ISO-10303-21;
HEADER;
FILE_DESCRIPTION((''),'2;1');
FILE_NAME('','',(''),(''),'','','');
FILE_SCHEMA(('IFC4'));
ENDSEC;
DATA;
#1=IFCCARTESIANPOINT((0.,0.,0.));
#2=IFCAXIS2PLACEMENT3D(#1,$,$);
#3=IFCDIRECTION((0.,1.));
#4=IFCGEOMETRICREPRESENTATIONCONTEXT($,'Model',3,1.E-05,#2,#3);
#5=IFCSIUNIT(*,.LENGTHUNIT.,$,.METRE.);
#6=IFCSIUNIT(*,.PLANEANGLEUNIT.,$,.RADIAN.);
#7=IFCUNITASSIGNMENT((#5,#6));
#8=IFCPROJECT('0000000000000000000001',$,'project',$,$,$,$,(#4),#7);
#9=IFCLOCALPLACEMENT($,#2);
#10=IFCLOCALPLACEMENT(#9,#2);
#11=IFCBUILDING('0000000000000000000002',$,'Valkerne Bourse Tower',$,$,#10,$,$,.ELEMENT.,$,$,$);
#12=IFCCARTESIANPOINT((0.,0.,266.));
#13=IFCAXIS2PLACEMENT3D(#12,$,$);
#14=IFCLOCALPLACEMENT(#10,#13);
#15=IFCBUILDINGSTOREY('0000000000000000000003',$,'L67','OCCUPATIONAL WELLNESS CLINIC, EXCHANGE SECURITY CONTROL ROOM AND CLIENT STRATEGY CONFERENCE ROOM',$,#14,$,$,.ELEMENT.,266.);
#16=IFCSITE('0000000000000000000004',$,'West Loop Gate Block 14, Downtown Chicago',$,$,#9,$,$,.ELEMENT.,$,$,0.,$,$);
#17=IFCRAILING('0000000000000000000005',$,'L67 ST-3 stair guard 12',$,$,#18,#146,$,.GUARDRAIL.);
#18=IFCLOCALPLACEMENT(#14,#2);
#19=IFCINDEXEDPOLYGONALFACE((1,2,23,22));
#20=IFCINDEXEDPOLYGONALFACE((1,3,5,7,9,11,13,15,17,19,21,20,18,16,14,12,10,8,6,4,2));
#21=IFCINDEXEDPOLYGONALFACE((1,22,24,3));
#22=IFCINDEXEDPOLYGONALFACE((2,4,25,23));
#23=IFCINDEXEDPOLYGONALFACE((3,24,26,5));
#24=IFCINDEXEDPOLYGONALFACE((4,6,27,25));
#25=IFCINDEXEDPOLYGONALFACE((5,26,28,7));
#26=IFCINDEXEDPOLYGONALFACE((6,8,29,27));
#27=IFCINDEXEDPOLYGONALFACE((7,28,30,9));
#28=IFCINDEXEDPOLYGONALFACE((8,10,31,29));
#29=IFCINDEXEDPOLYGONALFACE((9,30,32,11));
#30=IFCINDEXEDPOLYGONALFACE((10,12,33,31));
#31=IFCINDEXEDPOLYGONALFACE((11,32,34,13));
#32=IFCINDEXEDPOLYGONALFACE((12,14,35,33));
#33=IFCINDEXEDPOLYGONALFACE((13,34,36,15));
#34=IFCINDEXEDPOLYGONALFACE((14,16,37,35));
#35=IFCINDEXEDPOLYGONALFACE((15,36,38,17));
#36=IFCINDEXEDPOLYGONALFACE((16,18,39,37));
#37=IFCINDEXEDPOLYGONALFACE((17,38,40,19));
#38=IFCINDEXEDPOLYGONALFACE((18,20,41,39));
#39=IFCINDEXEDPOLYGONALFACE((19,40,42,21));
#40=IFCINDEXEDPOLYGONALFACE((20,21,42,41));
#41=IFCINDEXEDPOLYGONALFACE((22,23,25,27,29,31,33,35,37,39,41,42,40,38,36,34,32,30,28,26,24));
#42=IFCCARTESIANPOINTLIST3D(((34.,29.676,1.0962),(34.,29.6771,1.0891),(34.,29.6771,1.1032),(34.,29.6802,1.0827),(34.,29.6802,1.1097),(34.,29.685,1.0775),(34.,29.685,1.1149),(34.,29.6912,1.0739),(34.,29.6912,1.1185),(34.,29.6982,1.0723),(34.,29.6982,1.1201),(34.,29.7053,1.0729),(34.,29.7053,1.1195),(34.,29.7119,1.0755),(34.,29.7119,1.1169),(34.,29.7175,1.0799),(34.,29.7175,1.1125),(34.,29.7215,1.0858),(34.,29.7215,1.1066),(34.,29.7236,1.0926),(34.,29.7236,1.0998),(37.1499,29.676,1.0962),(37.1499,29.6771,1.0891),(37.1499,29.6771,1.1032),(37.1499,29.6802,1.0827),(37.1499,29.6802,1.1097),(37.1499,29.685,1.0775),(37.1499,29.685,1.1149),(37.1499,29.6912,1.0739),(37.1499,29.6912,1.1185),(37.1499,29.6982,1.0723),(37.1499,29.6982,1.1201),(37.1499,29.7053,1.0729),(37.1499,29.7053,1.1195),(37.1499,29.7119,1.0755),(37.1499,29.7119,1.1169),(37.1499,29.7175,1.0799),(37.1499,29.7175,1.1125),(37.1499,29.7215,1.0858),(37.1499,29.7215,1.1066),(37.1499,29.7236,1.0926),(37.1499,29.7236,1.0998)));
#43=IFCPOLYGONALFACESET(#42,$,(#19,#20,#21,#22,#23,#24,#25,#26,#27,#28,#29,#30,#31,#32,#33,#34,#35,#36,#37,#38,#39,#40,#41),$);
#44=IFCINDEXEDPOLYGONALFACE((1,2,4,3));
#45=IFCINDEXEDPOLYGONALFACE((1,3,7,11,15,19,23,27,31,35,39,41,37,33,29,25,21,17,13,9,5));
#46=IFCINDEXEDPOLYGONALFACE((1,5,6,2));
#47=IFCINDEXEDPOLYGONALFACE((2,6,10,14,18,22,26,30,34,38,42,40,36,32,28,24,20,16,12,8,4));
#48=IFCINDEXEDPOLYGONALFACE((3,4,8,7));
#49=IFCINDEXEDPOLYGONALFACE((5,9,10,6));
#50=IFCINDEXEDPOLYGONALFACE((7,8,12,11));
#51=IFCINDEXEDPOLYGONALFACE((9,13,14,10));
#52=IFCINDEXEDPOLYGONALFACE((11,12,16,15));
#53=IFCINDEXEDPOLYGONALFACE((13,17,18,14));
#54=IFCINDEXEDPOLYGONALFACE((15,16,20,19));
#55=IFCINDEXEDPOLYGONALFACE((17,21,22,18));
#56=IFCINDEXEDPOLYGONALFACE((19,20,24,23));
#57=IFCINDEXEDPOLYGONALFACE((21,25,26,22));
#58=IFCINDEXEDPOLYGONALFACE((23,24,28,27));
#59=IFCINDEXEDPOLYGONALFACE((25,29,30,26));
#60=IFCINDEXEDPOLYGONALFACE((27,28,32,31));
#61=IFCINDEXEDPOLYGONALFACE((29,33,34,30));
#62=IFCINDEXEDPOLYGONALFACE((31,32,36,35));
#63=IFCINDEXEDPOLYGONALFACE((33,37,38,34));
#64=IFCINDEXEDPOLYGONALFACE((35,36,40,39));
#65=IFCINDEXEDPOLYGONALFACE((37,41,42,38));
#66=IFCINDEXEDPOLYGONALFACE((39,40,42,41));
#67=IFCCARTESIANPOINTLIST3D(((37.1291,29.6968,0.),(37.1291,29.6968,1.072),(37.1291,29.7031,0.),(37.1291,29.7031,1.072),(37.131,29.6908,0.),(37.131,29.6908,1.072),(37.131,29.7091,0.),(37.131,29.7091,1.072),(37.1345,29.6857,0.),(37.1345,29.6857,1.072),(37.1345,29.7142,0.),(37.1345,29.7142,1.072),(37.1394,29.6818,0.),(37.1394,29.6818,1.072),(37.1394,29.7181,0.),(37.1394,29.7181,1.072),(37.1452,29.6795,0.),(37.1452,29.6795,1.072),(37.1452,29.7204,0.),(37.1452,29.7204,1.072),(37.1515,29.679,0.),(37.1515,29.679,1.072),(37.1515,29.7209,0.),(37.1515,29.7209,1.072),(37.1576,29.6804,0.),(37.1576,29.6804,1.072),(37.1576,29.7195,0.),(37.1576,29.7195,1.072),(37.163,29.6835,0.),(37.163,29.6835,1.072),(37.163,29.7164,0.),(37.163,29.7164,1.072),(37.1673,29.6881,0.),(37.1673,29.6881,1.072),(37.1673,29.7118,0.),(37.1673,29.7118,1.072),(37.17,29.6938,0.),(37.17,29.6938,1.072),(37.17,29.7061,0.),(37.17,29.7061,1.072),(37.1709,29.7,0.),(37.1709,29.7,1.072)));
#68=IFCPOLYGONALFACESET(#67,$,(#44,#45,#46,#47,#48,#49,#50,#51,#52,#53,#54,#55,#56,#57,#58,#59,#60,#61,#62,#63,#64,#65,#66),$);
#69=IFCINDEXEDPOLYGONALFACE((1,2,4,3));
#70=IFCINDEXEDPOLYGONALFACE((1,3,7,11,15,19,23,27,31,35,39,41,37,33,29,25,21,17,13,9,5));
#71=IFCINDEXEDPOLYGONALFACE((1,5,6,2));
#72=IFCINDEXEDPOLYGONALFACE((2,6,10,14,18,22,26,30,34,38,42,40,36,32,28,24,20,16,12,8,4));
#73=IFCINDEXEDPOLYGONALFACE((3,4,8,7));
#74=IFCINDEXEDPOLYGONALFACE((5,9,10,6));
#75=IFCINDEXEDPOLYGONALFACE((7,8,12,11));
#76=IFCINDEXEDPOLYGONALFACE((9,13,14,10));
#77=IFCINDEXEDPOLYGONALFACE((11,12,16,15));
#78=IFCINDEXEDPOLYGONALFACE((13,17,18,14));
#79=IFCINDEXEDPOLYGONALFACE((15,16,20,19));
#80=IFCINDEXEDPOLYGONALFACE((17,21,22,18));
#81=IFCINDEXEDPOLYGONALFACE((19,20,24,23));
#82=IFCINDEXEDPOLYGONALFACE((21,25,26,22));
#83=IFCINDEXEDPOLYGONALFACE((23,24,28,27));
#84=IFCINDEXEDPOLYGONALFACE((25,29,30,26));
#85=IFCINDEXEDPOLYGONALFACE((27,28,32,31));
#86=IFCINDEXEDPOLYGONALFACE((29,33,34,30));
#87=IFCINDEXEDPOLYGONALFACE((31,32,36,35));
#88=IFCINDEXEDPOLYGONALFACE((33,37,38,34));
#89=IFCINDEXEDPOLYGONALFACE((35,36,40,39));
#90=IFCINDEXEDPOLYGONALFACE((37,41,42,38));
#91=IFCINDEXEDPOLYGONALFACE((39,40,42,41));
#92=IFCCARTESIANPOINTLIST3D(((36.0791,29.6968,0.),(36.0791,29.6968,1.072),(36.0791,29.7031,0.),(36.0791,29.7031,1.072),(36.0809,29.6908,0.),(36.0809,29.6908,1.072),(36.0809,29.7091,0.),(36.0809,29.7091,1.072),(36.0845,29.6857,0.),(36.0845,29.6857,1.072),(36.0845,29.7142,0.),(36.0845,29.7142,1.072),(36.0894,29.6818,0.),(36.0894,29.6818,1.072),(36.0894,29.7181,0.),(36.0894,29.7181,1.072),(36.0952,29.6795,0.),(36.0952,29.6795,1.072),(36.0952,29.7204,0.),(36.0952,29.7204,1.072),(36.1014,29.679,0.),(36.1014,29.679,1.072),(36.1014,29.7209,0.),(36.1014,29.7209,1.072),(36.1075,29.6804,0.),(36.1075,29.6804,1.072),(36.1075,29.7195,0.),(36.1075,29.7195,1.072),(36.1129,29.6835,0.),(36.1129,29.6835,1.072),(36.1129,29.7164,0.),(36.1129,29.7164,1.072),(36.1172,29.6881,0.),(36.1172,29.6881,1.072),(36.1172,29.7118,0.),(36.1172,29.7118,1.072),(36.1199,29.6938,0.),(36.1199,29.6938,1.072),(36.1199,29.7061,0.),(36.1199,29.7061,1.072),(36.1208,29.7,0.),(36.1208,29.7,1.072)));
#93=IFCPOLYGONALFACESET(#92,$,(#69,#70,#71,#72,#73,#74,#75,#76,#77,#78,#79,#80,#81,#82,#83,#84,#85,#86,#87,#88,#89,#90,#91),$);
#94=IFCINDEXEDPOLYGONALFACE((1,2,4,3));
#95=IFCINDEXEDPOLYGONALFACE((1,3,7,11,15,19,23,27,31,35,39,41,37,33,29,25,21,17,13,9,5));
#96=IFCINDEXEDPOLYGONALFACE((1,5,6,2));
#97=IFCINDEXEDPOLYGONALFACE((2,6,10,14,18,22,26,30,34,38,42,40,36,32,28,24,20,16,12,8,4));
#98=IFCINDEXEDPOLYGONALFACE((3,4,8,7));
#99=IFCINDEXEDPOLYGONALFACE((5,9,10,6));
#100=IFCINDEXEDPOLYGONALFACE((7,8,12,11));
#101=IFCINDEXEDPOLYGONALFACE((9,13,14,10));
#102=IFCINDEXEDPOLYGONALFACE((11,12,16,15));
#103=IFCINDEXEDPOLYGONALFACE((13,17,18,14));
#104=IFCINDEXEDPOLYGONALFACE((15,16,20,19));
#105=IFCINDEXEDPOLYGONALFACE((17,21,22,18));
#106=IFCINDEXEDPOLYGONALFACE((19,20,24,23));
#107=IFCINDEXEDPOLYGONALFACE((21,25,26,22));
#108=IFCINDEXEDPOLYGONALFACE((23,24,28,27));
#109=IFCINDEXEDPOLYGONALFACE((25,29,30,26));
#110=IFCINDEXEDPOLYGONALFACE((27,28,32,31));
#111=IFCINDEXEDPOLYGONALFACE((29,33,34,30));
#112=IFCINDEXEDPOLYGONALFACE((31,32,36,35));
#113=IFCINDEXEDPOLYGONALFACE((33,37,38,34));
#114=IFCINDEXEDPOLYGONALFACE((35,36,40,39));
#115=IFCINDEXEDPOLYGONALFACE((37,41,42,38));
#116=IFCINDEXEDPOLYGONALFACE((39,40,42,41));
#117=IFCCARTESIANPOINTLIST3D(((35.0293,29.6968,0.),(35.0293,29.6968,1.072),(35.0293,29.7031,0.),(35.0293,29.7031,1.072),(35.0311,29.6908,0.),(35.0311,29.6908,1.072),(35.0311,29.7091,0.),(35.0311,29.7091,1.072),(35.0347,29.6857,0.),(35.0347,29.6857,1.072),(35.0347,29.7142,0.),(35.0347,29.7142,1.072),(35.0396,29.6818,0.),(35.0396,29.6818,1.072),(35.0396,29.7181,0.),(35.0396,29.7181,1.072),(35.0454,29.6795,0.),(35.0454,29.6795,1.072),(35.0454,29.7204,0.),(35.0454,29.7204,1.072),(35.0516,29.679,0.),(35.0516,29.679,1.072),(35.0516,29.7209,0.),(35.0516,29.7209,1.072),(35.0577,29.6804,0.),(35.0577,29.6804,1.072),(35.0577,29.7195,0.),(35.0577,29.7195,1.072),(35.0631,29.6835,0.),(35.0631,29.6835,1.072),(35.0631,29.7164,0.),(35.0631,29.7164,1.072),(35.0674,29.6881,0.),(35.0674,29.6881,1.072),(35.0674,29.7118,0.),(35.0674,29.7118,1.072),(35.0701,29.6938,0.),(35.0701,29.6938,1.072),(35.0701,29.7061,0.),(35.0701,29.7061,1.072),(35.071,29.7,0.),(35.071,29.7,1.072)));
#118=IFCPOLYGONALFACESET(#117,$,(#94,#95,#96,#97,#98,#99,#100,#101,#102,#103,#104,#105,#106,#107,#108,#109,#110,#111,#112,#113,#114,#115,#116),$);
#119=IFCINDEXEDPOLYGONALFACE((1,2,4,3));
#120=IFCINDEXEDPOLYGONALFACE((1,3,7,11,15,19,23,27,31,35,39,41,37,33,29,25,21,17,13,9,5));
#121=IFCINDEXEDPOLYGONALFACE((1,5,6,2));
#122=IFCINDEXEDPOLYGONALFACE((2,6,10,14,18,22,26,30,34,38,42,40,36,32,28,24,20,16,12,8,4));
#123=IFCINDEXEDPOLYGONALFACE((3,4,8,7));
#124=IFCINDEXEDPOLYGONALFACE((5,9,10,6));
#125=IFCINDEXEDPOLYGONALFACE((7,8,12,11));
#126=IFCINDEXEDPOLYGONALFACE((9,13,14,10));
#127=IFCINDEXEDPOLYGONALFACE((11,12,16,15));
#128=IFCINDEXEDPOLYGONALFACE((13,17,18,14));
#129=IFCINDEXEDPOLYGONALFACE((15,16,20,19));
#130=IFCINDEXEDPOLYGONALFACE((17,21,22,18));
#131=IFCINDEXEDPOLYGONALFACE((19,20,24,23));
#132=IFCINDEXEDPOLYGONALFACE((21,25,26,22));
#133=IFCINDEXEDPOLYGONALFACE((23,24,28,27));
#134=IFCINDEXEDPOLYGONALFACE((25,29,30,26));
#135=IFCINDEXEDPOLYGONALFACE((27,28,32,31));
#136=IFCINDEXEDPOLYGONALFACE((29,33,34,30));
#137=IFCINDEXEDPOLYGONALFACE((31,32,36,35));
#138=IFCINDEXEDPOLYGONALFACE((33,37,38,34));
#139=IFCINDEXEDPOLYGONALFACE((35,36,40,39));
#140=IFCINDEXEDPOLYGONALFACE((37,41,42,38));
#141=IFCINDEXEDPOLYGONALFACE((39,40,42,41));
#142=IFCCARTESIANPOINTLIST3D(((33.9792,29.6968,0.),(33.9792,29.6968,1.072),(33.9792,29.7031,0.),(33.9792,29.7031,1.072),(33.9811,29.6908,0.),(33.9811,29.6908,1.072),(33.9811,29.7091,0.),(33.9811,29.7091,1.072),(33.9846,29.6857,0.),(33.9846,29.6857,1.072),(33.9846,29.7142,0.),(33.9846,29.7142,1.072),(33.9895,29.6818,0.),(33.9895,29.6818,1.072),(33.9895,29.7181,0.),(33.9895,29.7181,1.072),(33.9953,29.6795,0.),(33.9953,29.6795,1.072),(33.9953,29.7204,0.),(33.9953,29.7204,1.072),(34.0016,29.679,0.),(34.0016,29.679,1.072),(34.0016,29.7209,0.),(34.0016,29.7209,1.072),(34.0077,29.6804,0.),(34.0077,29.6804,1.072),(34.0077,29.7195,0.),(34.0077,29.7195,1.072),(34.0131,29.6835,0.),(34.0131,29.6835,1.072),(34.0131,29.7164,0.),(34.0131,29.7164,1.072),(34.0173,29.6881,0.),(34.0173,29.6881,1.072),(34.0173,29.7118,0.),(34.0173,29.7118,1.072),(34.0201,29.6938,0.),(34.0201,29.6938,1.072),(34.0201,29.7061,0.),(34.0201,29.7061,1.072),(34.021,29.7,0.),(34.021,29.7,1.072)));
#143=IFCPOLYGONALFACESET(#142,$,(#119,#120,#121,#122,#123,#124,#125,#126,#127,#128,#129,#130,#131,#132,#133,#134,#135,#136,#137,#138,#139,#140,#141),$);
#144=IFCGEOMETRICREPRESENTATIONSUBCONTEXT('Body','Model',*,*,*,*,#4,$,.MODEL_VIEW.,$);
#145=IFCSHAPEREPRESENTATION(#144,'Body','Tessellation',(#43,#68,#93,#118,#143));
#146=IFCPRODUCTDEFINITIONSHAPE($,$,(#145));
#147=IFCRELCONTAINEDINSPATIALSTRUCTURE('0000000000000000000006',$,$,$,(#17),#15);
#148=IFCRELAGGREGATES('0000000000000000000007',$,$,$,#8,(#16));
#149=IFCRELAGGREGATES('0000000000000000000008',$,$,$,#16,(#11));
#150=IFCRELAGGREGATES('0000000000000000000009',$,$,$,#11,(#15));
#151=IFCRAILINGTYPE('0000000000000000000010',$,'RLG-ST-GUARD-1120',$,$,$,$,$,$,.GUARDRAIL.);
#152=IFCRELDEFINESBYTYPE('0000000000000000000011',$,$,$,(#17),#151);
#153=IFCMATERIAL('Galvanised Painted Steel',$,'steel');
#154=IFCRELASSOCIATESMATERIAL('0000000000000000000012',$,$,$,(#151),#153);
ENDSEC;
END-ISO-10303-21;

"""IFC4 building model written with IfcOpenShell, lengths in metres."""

from ifc_helpers import new_model, si_unit, direction, frame, origin, origin_2d, place, context, subcontext, project, spatial, circle, extrude, material, type_object, element, save


model = new_model("IFC4")

# Units and contexts
model_context = context("Model", 3, precision=1e-05, world=origin(), true_north=direction((0.0, 1.0)))
body_context = subcontext(model_context, "Body", "Model", "MODEL_VIEW")
ifc_project = project(units=[si_unit("LENGTHUNIT", "METRE"), si_unit("PLANEANGLEUNIT", "RADIAN")], contexts=[model_context])

# Site, building, storey
site_placement = place(None, origin())
site = spatial("IfcSite", under=ifc_project, at=site_placement, Name="West Loop Gate Block 14, Downtown Chicago", CompositionType="ELEMENT", RefElevation=0.0)
building_placement = place(site_placement, origin())
building = spatial("IfcBuilding", under=site, at=building_placement, Name="Valkerne Bourse Tower", CompositionType="ELEMENT")
storey_placement = place(building_placement, frame((0.0, 0.0, 266.0)))
storey = spatial("IfcBuildingStorey", under=building, at=storey_placement, Name="L67", Description="OCCUPATIONAL WELLNESS CLINIC, EXCHANGE SECURITY CONTROL ROOM AND CLIENT STRATEGY CONFERENCE ROOM", CompositionType="ELEMENT", Elevation=266.0)

# Railing
ifc_material_1 = material(Name="Galvanised Painted Steel", Category="steel")
railing_type_1 = type_object("IfcRailingType", Name="RLG-ST-GUARD-1120", PredefinedType="GUARDRAIL", material=ifc_material_1)
railing_1_placement = place(storey_placement, frame((37.1499, 29.7, 0.0)))
element("IfcRailing", 1, at=railing_1_placement, inside=storey, type_object=railing_type_1, Name="L67 ST-3 stair guard 12", PredefinedType="GUARDRAIL", context=body_context, shape_type="SweptSolid", body=[
    extrude(circle(Radius=0.0239, at=origin_2d()), frame((0.0, 0.0, 1.0962), z_axis=(-1.0, 0.0, 0.0), x_axis=(0.0, -1.0, 0.0)), (0.0, 0.0, 1.0), 3.1499),
    extrude(circle(Radius=0.021, at=origin_2d()), origin(), (0.0, 0.0, 1.0), 1.072),
    extrude(circle(Radius=0.021, at=origin_2d()), frame((-1.05, 0.0, 0.0)), (0.0, 0.0, 1.0), 1.072),
    extrude(circle(Radius=0.021, at=origin_2d()), frame((-2.0999, 0.0, 0.0)), (0.0, 0.0, 1.0), 1.072),
    extrude(circle(Radius=0.021, at=origin_2d()), frame((-3.1499, 0.0, 0.0)), (0.0, 0.0, 1.0), 1.072),
])

save(model, "model.ifc")
